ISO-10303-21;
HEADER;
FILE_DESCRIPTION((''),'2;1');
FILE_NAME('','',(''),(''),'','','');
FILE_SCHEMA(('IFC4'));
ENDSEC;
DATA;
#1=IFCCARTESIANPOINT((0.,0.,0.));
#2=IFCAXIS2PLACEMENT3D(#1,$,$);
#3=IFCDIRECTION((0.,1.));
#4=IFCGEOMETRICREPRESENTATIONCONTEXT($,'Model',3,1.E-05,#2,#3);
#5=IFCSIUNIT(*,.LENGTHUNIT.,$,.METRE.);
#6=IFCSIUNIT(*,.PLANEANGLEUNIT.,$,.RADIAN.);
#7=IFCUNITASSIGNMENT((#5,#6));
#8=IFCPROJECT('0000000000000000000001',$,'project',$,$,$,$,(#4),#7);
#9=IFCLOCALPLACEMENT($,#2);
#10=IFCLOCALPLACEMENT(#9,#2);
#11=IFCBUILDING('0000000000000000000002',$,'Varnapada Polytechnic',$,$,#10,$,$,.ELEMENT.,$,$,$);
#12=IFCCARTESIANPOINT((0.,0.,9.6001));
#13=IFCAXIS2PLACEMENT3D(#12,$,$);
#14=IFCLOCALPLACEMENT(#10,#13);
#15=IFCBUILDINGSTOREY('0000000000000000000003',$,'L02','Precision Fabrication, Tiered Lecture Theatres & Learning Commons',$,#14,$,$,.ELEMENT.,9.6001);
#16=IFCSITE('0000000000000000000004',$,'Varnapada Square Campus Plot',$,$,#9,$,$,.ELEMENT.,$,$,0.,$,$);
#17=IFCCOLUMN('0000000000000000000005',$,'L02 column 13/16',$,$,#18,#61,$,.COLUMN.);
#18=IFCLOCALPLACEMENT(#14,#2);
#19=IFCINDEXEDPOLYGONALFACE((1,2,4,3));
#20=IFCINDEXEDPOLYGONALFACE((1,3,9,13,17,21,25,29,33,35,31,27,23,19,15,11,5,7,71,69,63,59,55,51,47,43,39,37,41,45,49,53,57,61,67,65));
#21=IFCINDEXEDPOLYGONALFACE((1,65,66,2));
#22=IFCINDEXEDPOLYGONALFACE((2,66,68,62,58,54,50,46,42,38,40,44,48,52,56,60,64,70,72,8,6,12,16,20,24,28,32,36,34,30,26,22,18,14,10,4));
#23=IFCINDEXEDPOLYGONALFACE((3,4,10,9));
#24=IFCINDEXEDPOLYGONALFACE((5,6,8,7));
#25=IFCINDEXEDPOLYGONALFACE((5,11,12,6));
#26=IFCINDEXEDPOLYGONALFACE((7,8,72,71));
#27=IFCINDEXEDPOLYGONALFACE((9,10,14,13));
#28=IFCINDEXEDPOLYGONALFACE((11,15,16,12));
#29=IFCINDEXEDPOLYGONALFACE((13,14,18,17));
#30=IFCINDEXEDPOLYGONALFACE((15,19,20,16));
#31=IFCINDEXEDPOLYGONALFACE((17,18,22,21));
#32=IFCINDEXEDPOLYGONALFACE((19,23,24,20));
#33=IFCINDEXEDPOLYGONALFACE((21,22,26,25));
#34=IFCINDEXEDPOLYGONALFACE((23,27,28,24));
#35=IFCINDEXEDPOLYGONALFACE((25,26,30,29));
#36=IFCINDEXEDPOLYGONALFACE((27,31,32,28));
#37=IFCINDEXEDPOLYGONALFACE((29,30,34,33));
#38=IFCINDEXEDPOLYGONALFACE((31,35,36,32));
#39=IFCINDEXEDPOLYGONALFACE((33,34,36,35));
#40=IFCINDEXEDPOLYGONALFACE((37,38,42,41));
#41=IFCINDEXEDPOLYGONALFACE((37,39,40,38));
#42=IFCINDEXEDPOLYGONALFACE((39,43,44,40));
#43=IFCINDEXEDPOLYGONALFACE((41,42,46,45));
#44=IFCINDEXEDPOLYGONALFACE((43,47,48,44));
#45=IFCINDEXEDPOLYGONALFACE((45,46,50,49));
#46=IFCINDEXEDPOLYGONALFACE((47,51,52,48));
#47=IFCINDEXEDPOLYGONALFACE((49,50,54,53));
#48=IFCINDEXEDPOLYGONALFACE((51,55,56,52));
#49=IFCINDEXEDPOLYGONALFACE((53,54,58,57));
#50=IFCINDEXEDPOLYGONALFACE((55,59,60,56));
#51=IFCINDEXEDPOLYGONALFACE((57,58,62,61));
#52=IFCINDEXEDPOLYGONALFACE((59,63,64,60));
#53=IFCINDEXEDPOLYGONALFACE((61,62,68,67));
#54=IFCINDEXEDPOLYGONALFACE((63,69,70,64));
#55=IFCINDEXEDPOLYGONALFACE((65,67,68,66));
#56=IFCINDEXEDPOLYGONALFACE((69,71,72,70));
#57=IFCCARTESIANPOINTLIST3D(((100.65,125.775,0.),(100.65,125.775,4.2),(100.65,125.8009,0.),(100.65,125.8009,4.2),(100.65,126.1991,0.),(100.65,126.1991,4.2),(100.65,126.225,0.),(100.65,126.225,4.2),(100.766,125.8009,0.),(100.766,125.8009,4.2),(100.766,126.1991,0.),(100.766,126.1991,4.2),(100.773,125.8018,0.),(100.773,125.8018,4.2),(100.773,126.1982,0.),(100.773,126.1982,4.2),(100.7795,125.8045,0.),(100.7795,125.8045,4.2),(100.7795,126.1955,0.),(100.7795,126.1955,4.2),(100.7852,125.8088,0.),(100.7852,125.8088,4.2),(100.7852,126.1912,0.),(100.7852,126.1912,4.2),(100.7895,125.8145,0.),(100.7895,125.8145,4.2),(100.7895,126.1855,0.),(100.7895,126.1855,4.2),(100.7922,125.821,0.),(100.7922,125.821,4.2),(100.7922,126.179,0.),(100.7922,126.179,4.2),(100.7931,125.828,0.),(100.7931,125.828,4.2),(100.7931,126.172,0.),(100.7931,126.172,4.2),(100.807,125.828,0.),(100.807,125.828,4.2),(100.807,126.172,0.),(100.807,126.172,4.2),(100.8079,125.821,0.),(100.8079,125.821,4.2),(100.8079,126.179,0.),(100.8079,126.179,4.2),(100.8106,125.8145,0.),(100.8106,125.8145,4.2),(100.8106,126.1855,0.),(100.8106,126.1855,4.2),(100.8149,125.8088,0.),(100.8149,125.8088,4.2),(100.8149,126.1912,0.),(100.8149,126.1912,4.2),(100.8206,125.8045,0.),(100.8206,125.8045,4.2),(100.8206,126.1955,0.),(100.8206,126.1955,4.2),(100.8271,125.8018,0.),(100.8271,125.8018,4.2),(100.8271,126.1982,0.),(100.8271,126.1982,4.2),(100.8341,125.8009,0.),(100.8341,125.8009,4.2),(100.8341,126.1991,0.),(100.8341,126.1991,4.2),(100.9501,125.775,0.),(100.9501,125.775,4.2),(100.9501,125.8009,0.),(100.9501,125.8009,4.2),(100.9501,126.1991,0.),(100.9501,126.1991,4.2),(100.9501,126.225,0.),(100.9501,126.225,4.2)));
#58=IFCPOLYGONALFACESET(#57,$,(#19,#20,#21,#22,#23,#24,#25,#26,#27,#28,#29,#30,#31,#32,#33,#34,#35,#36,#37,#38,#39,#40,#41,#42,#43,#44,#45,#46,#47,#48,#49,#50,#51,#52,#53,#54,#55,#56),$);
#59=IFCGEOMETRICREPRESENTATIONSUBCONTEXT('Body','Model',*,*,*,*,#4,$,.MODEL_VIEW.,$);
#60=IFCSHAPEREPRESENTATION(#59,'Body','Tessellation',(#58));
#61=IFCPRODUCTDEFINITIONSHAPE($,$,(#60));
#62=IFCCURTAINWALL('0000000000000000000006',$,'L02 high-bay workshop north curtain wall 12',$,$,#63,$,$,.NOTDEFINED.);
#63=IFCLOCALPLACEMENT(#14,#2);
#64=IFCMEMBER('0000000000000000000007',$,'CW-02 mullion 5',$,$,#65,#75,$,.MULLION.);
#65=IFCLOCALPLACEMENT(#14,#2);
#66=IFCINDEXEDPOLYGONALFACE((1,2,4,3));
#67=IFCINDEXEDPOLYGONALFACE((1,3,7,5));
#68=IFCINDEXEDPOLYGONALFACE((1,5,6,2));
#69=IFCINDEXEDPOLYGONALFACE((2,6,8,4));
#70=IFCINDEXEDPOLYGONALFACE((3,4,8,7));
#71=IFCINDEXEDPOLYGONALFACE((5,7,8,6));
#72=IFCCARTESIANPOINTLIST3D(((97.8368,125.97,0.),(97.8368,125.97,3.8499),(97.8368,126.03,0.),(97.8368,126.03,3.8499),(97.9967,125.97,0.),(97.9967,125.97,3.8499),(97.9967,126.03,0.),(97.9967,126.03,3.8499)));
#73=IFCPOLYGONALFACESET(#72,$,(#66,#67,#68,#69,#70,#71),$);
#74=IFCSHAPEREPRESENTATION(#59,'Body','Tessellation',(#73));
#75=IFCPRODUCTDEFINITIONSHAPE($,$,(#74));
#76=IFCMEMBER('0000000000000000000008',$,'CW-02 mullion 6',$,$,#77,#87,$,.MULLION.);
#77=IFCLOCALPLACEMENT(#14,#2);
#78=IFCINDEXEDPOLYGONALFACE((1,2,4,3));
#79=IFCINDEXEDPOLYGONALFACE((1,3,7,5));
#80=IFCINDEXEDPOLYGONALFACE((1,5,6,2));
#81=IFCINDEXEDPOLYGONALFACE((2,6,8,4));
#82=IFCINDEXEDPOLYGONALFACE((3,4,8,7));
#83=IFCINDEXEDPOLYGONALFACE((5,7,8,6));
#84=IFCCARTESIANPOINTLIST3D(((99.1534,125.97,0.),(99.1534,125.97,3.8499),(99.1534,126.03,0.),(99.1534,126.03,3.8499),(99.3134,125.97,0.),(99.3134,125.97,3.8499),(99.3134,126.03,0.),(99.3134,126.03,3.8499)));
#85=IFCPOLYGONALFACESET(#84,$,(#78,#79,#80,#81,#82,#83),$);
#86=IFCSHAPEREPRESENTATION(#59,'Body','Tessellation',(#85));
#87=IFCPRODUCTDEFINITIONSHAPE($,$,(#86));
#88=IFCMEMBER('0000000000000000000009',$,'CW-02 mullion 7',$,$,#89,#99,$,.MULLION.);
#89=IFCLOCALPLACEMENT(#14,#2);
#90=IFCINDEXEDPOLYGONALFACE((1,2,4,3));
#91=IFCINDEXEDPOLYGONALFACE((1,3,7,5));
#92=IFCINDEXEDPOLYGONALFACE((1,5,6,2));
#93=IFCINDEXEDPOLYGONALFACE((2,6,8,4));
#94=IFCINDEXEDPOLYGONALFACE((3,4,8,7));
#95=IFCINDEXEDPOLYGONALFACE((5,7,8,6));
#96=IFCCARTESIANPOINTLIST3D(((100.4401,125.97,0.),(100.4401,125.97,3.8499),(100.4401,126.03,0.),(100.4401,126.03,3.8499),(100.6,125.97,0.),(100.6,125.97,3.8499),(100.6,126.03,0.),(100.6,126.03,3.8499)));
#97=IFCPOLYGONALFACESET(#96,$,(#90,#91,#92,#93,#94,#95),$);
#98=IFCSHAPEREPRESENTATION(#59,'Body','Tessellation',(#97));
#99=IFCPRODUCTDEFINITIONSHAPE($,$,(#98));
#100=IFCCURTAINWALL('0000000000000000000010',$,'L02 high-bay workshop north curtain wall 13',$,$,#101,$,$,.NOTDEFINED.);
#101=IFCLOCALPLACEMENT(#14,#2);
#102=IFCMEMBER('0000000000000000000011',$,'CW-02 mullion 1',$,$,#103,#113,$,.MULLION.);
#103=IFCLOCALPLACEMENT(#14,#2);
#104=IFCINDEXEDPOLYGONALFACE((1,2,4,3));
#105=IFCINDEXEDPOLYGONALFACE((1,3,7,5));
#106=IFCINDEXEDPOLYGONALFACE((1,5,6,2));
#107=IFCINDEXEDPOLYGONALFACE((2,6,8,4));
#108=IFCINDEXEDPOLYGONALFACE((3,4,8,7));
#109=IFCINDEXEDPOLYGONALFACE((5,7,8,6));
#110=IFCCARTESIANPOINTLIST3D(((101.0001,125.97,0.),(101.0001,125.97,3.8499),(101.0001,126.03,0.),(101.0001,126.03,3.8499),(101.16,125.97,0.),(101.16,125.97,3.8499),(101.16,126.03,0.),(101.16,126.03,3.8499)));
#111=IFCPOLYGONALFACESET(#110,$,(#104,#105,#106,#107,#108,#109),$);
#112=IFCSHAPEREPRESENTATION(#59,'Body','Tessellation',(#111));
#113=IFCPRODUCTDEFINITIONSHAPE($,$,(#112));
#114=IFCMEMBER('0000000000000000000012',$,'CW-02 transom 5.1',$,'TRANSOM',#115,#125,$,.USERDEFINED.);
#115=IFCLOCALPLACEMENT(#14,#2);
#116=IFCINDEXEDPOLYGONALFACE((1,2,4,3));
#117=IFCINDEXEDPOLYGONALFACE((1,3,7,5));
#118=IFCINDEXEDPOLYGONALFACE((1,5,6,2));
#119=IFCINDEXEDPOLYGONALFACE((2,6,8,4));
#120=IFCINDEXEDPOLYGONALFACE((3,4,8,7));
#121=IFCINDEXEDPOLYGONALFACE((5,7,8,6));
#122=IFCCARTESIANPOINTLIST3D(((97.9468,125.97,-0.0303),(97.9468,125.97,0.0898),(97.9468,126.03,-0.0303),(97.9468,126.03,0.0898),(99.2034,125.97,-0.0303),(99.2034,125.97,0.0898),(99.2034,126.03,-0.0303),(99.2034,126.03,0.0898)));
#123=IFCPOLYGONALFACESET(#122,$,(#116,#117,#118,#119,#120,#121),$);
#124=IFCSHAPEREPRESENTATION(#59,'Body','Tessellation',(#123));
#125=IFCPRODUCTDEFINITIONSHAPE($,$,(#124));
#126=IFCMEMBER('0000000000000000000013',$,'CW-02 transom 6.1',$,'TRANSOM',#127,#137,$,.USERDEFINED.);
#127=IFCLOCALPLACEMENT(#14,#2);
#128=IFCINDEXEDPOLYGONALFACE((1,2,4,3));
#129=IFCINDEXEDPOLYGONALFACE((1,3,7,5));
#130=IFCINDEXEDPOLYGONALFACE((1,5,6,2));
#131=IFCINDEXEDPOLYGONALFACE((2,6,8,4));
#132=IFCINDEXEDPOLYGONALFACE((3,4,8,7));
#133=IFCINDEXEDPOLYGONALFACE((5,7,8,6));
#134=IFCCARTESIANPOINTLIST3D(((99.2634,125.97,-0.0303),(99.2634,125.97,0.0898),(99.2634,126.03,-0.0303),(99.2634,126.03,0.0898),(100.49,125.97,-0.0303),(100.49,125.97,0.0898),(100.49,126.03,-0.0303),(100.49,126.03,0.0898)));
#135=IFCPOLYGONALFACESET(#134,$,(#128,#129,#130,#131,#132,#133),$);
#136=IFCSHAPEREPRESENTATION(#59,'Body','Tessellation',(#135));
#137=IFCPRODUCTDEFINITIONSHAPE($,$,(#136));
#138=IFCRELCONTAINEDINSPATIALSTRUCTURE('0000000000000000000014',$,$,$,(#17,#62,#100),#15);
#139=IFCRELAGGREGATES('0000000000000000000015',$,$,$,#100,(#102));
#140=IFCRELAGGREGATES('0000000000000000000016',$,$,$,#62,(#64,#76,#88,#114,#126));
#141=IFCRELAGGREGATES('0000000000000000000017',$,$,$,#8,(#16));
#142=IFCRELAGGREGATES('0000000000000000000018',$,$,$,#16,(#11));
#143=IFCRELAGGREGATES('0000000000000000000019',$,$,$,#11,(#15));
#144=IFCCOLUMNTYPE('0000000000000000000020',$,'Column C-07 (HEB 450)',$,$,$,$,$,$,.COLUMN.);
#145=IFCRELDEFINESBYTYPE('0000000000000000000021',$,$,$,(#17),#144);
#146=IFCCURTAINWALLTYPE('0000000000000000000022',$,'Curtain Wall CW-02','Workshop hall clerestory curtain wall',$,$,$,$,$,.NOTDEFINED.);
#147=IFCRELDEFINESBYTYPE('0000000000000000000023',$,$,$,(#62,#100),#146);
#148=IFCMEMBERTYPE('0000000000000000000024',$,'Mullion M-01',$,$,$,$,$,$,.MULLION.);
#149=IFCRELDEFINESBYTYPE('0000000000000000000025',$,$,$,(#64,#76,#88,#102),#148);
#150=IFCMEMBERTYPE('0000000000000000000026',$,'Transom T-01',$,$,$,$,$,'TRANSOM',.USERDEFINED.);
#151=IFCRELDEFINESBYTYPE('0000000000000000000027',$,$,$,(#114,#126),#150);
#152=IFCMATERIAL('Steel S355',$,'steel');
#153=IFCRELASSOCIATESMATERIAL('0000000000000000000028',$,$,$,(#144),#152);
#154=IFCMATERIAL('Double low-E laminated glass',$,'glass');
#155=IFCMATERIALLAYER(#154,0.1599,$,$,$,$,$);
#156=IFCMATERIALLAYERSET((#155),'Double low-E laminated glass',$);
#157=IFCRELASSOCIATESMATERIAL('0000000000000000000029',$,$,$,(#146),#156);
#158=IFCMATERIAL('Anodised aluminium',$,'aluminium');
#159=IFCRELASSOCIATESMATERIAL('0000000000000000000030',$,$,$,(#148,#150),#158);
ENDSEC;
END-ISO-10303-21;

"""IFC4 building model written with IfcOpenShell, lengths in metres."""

from ifc_helpers import new_model, si_unit, direction, frame, origin, origin_2d, place, context, subcontext, project, spatial, rectangle, i_section, extrude, material, layer, layer_set, material_profile, profile_set, type_object, element, aggregate, save


model = new_model("IFC4")

# Units and contexts
model_context = context("Model", 3, precision=1e-05, world=origin(), true_north=direction((0.0, 1.0)))
body_context = subcontext(model_context, "Body", "Model", "MODEL_VIEW")
ifc_project = project(units=[si_unit("LENGTHUNIT", "METRE"), si_unit("PLANEANGLEUNIT", "RADIAN")], contexts=[model_context])

# Site, building, storey
site_placement = place(None, origin())
site = spatial("IfcSite", under=ifc_project, at=site_placement, Name="Varnapada Square Campus Plot", CompositionType="ELEMENT", RefElevation=0.0)
building_placement = place(site_placement, origin())
building = spatial("IfcBuilding", under=site, at=building_placement, Name="Varnapada Polytechnic", CompositionType="ELEMENT")
storey_placement = place(building_placement, frame((0.0, 0.0, 9.6001)))
storey = spatial("IfcBuildingStorey", under=building, at=storey_placement, Name="L02", Description="Precision Fabrication, Tiered Lecture Theatres & Learning Commons", CompositionType="ELEMENT", Elevation=9.6001)

# Column
ifc_material_1 = material(Name="Steel S355", Category="steel")
ifc_material_profile_1 = material_profile(ifc_material_1, i_section(OverallWidth=0.3, OverallDepth=0.45, WebThickness=0.0139, FlangeThickness=0.0259, FilletRadius=0.0271, at=origin_2d()), Name="HEB 450")
ifc_profile_set_1 = profile_set([ifc_material_profile_1], Name="Steel S355")
column_type = type_object("IfcColumnType", Name="Column C-07 (HEB 450)", PredefinedType="COLUMN", material=ifc_profile_set_1)
column_placement = place(storey_placement, frame((100.8, 126.0, 0.0), z_axis=(0.0, 0.0, 1.0), x_axis=(1.0, 0.0, 0.0)))
element("IfcColumn", 1, at=column_placement, inside=storey, type_object=column_type, Name="L02 column 13/16", PredefinedType="COLUMN", context=body_context, shape_type="SweptSolid", body=[
    extrude(i_section(OverallWidth=0.3, OverallDepth=0.45, WebThickness=0.0139, FlangeThickness=0.0259, FilletRadius=0.0271, at=origin_2d()), origin(), (0.0, 0.0, 1.0), 4.2),
])

# Curtain wall, members
ifc_material_2 = material(Name="Double low-E laminated glass", Category="glass")
ifc_layer_1 = layer(ifc_material_2, 0.1599)
ifc_layer_set_1 = layer_set([ifc_layer_1], Name="Double low-E laminated glass")
curtain_wall_type = type_object("IfcCurtainWallType", Name="Curtain Wall CW-02", Description="Workshop hall clerestory curtain wall", PredefinedType="NOTDEFINED", material=ifc_layer_set_1)
curtain_wall_1_placement = place(storey_placement, origin())
curtain_wall_1 = element("IfcCurtainWall", 2, at=curtain_wall_1_placement, inside=storey, type_object=curtain_wall_type, Name="L02 high-bay workshop north curtain wall 12", PredefinedType="NOTDEFINED")
ifc_material_3 = material(Name="Anodised aluminium", Category="aluminium")
ifc_material_profile_2 = material_profile(ifc_material_3, rectangle(XDim=0.0601, YDim=0.1599, at=origin_2d()), Name="ALU M60x160")
ifc_profile_set_2 = profile_set([ifc_material_profile_2], Name="Anodised aluminium")
member_type_1 = type_object("IfcMemberType", Name="Mullion M-01", PredefinedType="MULLION", material=ifc_profile_set_2)
member_1_placement = place(storey_placement, frame((97.9167, 126.0, 0.0), z_axis=(0.0, 0.0, 1.0), x_axis=(0.0, 1.0, 0.0)))
member_1 = element("IfcMember", 3, at=member_1_placement, type_object=member_type_1, Name="CW-02 mullion 5", PredefinedType="MULLION", context=body_context, shape_type="SweptSolid", body=[
    extrude(rectangle(XDim=0.0601, YDim=0.1599, at=origin_2d()), origin(), (0.0, 0.0, 1.0), 3.8499),
])
member_2_placement = place(storey_placement, frame((99.2334, 126.0, 0.0), z_axis=(0.0, 0.0, 1.0), x_axis=(0.0, 1.0, 0.0)))
member_2 = element("IfcMember", 4, at=member_2_placement, type_object=member_type_1, Name="CW-02 mullion 6", PredefinedType="MULLION", context=body_context, shape_type="SweptSolid", body=[
    extrude(rectangle(XDim=0.0601, YDim=0.1599, at=origin_2d()), origin(), (0.0, 0.0, 1.0), 3.8499),
])
member_3_placement = place(storey_placement, frame((100.52, 126.0, 0.0), z_axis=(0.0, 0.0, 1.0), x_axis=(0.0, 1.0, 0.0)))
member_3 = element("IfcMember", 5, at=member_3_placement, type_object=member_type_1, Name="CW-02 mullion 7", PredefinedType="MULLION", context=body_context, shape_type="SweptSolid", body=[
    extrude(rectangle(XDim=0.0601, YDim=0.1599, at=origin_2d()), origin(), (0.0, 0.0, 1.0), 3.8499),
])

# Curtain wall, member
curtain_wall_2_placement = place(storey_placement, origin())
curtain_wall_2 = element("IfcCurtainWall", 6, at=curtain_wall_2_placement, inside=storey, type_object=curtain_wall_type, Name="L02 high-bay workshop north curtain wall 13", PredefinedType="NOTDEFINED")
member_4_placement = place(storey_placement, frame((101.0801, 126.0, 0.0), z_axis=(0.0, 0.0, 1.0), x_axis=(0.0, 1.0, 0.0)))
member_4 = element("IfcMember", 7, at=member_4_placement, type_object=member_type_1, Name="CW-02 mullion 1", PredefinedType="MULLION", context=body_context, shape_type="SweptSolid", body=[
    extrude(rectangle(XDim=0.0601, YDim=0.1599, at=origin_2d()), origin(), (0.0, 0.0, 1.0), 3.8499),
])
aggregate(curtain_wall_2, [member_4])

# Members
ifc_material_profile_3 = material_profile(ifc_material_3, rectangle(XDim=0.0601, YDim=0.1201, at=origin_2d()), Name="ALU T60x120")
ifc_profile_set_3 = profile_set([ifc_material_profile_3], Name="Anodised aluminium")
member_type_2 = type_object("IfcMemberType", Name="Transom T-01", ElementType="TRANSOM", PredefinedType="USERDEFINED", material=ifc_profile_set_3)
member_5_placement = place(storey_placement, frame((97.9468, 126.0, 0.0298), z_axis=(1.0, 0.0, 0.0), x_axis=(0.0, 1.0, 0.0)))
member_5 = element("IfcMember", 8, at=member_5_placement, type_object=member_type_2, Name="CW-02 transom 5.1", ObjectType="TRANSOM", PredefinedType="USERDEFINED", context=body_context, shape_type="SweptSolid", body=[
    extrude(rectangle(XDim=0.0601, YDim=0.1201, at=origin_2d()), origin(), (0.0, 0.0, 1.0), 1.2566),
])
member_6_placement = place(storey_placement, frame((99.2634, 126.0, 0.0298), z_axis=(1.0, 0.0, 0.0), x_axis=(0.0, 1.0, 0.0)))
member_6 = element("IfcMember", 9, at=member_6_placement, type_object=member_type_2, Name="CW-02 transom 6.1", ObjectType="TRANSOM", PredefinedType="USERDEFINED", context=body_context, shape_type="SweptSolid", body=[
    extrude(rectangle(XDim=0.0601, YDim=0.1201, at=origin_2d()), origin(), (0.0, 0.0, 1.0), 1.2266),
])
aggregate(curtain_wall_1, [member_1, member_2, member_3, member_5, member_6])

save(model, "model.ifc")
